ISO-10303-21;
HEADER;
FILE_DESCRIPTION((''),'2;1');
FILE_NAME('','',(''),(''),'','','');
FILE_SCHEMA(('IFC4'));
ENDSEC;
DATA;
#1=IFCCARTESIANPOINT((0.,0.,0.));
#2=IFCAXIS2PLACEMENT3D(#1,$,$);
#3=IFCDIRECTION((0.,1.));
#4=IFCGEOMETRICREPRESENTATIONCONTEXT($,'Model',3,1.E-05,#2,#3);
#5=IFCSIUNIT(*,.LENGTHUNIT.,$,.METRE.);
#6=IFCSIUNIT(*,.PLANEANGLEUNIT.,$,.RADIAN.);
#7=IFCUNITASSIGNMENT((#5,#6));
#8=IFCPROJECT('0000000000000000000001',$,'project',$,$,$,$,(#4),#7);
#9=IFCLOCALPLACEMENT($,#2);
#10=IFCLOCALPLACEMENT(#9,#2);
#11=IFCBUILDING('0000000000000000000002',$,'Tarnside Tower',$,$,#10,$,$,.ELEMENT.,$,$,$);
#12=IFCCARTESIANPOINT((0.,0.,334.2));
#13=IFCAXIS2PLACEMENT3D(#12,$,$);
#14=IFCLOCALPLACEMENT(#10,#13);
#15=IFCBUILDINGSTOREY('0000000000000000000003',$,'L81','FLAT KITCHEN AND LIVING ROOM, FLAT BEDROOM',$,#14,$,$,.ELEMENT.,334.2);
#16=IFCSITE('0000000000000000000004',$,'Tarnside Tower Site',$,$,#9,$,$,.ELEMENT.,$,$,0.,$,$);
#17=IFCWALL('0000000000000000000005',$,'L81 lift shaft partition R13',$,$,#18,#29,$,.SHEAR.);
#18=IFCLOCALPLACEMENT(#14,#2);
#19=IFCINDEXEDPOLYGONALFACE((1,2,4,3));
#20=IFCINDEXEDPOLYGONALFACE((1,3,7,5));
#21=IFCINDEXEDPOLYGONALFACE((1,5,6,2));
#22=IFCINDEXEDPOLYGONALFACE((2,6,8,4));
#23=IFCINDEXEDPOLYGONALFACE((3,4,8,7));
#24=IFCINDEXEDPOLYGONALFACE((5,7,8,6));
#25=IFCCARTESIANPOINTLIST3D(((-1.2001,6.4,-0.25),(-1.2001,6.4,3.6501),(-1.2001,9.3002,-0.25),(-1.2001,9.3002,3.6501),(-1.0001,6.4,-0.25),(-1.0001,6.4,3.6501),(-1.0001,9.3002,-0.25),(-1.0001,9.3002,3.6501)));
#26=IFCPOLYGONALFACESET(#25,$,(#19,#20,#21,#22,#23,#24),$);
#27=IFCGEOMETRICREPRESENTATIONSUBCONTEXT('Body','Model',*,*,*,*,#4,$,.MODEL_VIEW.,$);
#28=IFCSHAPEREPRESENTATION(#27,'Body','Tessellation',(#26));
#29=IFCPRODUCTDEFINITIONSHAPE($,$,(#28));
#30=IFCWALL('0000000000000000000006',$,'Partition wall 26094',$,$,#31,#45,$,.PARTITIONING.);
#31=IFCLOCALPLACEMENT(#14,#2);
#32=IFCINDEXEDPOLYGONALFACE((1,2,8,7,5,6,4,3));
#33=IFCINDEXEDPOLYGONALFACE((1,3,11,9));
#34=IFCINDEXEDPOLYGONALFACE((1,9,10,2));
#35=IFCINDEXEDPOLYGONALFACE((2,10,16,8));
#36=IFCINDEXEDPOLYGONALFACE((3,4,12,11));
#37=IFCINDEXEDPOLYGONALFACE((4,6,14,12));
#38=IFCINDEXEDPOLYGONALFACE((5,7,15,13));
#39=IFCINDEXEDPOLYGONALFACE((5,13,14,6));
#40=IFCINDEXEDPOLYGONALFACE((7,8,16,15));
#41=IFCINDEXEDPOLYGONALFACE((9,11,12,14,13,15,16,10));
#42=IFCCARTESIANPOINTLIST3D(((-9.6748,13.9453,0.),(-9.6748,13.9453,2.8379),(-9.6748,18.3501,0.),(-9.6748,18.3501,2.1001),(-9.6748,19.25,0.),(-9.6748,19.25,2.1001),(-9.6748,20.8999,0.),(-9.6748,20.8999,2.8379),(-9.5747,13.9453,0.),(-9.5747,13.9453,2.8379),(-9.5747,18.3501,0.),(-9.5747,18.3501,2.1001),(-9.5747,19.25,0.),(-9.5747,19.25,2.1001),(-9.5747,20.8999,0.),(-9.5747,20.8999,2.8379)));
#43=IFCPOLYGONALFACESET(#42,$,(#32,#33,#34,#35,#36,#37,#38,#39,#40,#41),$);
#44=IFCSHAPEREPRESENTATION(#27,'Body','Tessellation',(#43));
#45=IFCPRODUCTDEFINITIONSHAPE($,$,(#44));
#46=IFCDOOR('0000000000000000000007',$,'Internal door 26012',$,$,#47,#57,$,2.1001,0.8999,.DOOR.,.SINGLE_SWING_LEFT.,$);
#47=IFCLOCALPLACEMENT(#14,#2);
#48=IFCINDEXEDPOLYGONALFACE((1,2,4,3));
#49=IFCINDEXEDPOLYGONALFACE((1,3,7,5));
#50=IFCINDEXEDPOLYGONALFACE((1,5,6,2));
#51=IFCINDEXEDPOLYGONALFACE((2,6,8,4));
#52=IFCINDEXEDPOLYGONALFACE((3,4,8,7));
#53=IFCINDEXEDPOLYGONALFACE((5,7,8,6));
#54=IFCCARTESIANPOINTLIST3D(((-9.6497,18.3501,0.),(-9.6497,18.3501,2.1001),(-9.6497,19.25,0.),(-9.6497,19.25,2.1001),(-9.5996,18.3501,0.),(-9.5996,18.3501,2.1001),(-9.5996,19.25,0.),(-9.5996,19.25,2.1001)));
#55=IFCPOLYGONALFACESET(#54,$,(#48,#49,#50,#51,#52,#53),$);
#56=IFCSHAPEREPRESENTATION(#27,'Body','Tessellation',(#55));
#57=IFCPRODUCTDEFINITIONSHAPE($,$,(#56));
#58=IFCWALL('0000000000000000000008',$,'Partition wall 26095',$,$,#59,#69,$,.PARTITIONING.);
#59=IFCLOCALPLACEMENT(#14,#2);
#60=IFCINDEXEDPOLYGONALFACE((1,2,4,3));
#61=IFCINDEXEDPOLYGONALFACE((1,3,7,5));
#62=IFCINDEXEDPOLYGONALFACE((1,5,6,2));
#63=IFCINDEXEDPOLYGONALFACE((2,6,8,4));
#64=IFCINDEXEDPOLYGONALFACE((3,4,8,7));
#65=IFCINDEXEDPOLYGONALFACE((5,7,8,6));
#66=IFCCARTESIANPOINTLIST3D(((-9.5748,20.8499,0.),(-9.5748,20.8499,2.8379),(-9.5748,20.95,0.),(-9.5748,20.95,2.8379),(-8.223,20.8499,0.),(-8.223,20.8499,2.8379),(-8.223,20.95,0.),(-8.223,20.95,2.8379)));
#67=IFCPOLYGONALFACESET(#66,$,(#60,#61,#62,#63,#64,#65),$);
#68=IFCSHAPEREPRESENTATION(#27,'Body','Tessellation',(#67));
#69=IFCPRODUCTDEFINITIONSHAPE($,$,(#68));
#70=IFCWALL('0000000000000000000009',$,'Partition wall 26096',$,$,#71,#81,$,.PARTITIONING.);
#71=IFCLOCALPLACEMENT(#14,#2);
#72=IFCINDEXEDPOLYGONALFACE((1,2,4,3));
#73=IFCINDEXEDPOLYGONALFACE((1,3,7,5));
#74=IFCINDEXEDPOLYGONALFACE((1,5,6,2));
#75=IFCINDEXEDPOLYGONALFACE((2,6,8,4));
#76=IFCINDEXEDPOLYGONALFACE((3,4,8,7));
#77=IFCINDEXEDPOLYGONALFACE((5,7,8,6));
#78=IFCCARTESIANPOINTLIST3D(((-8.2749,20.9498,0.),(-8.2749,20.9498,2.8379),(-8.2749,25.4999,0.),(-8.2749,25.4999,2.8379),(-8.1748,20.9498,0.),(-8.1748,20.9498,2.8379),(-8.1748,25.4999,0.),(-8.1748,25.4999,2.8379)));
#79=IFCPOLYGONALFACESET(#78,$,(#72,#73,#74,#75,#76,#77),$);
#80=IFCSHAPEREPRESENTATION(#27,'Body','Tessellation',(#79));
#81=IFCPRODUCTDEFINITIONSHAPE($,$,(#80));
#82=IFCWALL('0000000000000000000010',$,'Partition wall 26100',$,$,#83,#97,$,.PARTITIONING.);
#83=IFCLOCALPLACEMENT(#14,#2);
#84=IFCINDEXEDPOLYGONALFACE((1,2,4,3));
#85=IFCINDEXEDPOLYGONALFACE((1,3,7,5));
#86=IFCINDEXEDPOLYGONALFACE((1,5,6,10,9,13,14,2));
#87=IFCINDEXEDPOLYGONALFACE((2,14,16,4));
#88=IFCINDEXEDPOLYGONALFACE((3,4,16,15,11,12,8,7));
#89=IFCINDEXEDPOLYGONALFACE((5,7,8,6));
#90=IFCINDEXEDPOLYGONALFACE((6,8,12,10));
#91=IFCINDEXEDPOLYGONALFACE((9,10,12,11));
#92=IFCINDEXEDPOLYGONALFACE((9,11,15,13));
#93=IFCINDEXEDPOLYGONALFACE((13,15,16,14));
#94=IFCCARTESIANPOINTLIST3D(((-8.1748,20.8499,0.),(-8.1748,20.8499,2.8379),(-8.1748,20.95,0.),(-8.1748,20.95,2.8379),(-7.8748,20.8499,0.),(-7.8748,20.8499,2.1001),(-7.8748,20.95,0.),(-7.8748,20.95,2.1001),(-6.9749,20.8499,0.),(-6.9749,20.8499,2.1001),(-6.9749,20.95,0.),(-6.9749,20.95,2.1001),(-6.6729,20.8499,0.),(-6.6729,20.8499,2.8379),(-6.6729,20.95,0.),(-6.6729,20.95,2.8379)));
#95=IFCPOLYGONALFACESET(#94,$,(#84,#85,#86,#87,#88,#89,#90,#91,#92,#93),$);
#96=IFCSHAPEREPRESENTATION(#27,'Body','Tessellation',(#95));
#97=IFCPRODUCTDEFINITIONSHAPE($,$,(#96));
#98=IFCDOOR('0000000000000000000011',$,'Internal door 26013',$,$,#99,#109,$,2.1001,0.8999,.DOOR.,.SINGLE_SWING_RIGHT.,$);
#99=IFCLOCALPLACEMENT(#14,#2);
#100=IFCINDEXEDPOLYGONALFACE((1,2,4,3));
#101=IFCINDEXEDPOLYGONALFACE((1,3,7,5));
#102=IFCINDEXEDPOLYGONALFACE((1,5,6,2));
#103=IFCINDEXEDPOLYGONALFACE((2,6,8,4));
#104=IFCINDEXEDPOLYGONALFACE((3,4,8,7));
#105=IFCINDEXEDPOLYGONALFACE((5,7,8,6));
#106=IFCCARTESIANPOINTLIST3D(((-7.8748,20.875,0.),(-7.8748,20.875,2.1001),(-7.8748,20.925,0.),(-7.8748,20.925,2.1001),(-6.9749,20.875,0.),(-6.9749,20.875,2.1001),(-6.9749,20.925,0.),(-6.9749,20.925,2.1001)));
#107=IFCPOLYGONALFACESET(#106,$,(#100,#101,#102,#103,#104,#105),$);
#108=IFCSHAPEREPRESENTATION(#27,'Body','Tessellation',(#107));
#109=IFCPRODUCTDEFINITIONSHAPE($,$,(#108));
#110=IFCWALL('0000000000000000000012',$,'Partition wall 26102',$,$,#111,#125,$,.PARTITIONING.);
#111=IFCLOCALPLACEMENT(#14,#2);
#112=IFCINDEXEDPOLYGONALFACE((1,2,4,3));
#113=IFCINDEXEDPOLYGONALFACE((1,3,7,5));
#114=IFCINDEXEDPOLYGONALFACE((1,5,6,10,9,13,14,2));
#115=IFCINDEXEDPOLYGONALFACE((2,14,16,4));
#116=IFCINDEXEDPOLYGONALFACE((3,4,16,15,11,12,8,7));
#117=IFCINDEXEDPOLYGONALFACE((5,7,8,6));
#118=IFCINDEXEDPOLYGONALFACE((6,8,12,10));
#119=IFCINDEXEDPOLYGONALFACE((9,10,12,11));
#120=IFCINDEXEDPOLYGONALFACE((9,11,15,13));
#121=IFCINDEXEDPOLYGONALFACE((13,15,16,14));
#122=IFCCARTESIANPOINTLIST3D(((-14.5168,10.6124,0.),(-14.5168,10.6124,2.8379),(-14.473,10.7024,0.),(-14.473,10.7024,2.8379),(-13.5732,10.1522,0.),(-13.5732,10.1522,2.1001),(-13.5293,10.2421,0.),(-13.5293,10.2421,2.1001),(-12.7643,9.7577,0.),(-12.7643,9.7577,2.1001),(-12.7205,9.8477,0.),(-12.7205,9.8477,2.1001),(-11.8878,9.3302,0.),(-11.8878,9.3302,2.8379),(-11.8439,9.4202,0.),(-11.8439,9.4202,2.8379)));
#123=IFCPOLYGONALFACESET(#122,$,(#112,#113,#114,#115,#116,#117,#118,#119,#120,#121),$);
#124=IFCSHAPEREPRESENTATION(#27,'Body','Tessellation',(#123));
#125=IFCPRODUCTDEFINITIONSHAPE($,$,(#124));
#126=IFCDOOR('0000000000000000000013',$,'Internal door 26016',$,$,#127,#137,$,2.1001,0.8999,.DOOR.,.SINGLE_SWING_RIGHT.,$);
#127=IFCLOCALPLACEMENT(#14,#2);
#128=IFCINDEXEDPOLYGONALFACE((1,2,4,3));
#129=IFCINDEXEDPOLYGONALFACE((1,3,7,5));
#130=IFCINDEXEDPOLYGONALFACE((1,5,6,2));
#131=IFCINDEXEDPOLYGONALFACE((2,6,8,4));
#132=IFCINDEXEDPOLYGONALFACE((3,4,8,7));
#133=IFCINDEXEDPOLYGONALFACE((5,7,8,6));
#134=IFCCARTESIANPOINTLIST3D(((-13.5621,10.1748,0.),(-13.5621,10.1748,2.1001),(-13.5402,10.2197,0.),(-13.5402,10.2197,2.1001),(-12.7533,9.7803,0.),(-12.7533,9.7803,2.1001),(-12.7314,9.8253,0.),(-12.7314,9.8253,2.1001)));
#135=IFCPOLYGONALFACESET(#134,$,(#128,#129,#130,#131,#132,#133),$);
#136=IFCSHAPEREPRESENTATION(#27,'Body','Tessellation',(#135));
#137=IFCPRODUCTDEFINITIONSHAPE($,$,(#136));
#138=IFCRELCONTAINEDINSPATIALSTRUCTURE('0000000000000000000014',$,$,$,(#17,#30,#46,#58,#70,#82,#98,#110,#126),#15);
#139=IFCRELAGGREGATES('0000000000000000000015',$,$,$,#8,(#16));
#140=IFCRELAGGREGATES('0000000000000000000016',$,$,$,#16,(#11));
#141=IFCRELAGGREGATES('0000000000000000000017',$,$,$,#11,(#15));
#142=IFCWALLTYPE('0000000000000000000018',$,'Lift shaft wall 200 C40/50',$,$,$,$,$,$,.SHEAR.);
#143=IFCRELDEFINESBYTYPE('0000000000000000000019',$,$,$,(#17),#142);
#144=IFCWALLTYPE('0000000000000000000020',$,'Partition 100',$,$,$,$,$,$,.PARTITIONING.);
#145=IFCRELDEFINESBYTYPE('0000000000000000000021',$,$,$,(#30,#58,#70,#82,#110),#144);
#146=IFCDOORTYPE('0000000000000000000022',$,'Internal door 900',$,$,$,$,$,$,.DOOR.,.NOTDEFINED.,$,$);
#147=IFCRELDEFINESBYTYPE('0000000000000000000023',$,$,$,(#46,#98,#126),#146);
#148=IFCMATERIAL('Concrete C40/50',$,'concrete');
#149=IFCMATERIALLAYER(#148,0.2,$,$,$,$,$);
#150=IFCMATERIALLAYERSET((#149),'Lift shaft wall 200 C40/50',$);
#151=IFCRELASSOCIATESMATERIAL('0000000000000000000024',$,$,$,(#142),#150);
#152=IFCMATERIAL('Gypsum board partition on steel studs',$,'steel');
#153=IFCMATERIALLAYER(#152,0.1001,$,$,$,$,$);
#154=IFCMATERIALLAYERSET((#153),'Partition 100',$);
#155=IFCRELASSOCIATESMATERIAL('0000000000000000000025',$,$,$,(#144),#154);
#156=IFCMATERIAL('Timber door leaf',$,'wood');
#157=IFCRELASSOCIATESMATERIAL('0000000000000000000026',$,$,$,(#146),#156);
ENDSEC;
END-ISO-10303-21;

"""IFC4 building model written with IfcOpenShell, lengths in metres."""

from ifc_helpers import new_model, si_unit, direction, frame, frame_2d, origin, place, context, subcontext, project, spatial, rectangle, extrude, material, layer, layer_set, type_object, element, fill, save


model = new_model("IFC4")

# Units and contexts
model_context = context("Model", 3, precision=1e-05, world=origin(), true_north=direction((0.0, 1.0)))
body_context = subcontext(model_context, "Body", "Model", "MODEL_VIEW")
ifc_project = project(units=[si_unit("LENGTHUNIT", "METRE"), si_unit("PLANEANGLEUNIT", "RADIAN")], contexts=[model_context])

# Site, building, storey
site_placement = place(None, origin())
site = spatial("IfcSite", under=ifc_project, at=site_placement, Name="Tarnside Tower Site", CompositionType="ELEMENT", RefElevation=0.0)
building_placement = place(site_placement, origin())
building = spatial("IfcBuilding", under=site, at=building_placement, Name="Tarnside Tower", CompositionType="ELEMENT")
storey_placement = place(building_placement, frame((0.0, 0.0, 334.2)))
storey = spatial("IfcBuildingStorey", under=building, at=storey_placement, Name="L81", Description="FLAT KITCHEN AND LIVING ROOM, FLAT BEDROOM", CompositionType="ELEMENT", Elevation=334.2)

# Shared definitions
ifc_material_1 = material(Name="Gypsum board partition on steel studs", Category="steel")
ifc_material_2 = material(Name="Timber door leaf", Category="wood")

# Wall
ifc_material_3 = material(Name="Concrete C40/50", Category="concrete")
ifc_layer_1 = layer(ifc_material_3, 0.2)
ifc_layer_set_1 = layer_set([ifc_layer_1], Name="Lift shaft wall 200 C40/50")
wall_type_1 = type_object("IfcWallType", Name="Lift shaft wall 200 C40/50", PredefinedType="SHEAR", material=ifc_layer_set_1)
wall_1_placement = place(storey_placement, frame((-1.1001, 6.3999, -0.25), z_axis=(0.0, 0.0, 1.0), x_axis=(0.0, 1.0, 0.0)))
element("IfcWall", 1, at=wall_1_placement, inside=storey, type_object=wall_type_1, Name="L81 lift shaft partition R13", PredefinedType="SHEAR", context=body_context, shape_type="SweptSolid", body=[
    extrude(rectangle(XDim=2.9001, YDim=0.2, at=frame_2d((1.4502, 0.0))), origin(), (0.0, 0.0, 1.0), 3.9001),
])

# Wall, opening, door
ifc_layer_2 = layer(ifc_material_1, 0.1001)
ifc_layer_set_2 = layer_set([ifc_layer_2], Name="Partition 100")
wall_type_2 = type_object("IfcWallType", Name="Partition 100", PredefinedType="PARTITIONING", material=ifc_layer_set_2)
wall_2_placement = place(storey_placement, frame((-9.6248, 13.9453, 0.0), z_axis=(0.0, 0.0, 1.0), x_axis=(0.0, 1.0, 0.0)))
wall_2 = element("IfcWall", 2, at=wall_2_placement, inside=storey, type_object=wall_type_2, Name="Partition wall 26094", PredefinedType="PARTITIONING", context=body_context, shape_type="SweptSolid", body=[
    extrude(rectangle(XDim=6.9546, YDim=0.1001, at=frame_2d((3.4773, 0.0))), origin(), (0.0, 0.0, 1.0), 2.8379),
])
opening_1_placement = place(wall_2_placement, frame((4.4048, 0.0, 0.0)))
opening_1 = element("IfcOpeningElement", 3, at=opening_1_placement, cuts=wall_2, PredefinedType="OPENING", context=body_context, shape_type="SweptSolid", body=[
    extrude(rectangle(XDim=0.8999, YDim=2.1001, at=frame_2d((0.45, 1.05))), frame((0.0, 0.0601, 0.0), z_axis=(0.0, -1.0, 0.0), x_axis=(1.0, 0.0, 0.0)), (0.0, 0.0, 1.0), 0.1201),
])
door_type_1 = type_object("IfcDoorType", Name="Internal door 900", OperationType="NOTDEFINED", PredefinedType="DOOR", material=ifc_material_2)
door_1_placement = place(opening_1_placement, origin())
door_1 = element("IfcDoor", 4, at=door_1_placement, inside=storey, type_object=door_type_1, Name="Internal door 26012", OperationType="SINGLE_SWING_LEFT", OverallHeight=2.1001, OverallWidth=0.8999, PredefinedType="DOOR", context=body_context, shape_type="SweptSolid", body=[
    extrude(rectangle(XDim=0.8999, YDim=2.1001, at=frame_2d((0.45, 1.05))), frame((0.0, 0.0249, 0.0), z_axis=(0.0, -1.0, 0.0), x_axis=(1.0, 0.0, 0.0)), (0.0, 0.0, 1.0), 0.05),
])
fill(opening_1, door_1)

# Walls
wall_3_placement = place(storey_placement, frame((-9.5747, 20.8999, 0.0), z_axis=(0.0, 0.0, 1.0), x_axis=(1.0, 0.0, 0.0)))
element("IfcWall", 5, at=wall_3_placement, inside=storey, type_object=wall_type_2, Name="Partition wall 26095", PredefinedType="PARTITIONING", context=body_context, shape_type="SweptSolid", body=[
    extrude(rectangle(XDim=1.3518, YDim=0.1001, at=frame_2d((0.6758, 0.0))), origin(), (0.0, 0.0, 1.0), 2.8379),
])
wall_4_placement = place(storey_placement, frame((-8.2249, 20.95, 0.0), z_axis=(0.0, 0.0, 1.0), x_axis=(0.0, 1.0, 0.0)))
element("IfcWall", 6, at=wall_4_placement, inside=storey, type_object=wall_type_2, Name="Partition wall 26096", PredefinedType="PARTITIONING", context=body_context, shape_type="SweptSolid", body=[
    extrude(rectangle(XDim=4.55, YDim=0.1001, at=frame_2d((2.2749, 0.0))), origin(), (0.0, 0.0, 1.0), 2.8379),
])

# Walls, openings, doors
wall_5_placement = place(storey_placement, frame((-6.6729, 20.8999, 0.0), z_axis=(0.0, 0.0, 1.0), x_axis=(-1.0, 0.0, 0.0)))
wall_5 = element("IfcWall", 7, at=wall_5_placement, inside=storey, type_object=wall_type_2, Name="Partition wall 26100", PredefinedType="PARTITIONING", context=body_context, shape_type="SweptSolid", body=[
    extrude(rectangle(XDim=1.502, YDim=0.1001, at=frame_2d((0.751, 0.0))), origin(), (0.0, 0.0, 1.0), 2.8379),
])
opening_2_placement = place(wall_5_placement, frame((0.302, 0.0, 0.0)))
opening_2 = element("IfcOpeningElement", 8, at=opening_2_placement, cuts=wall_5, PredefinedType="OPENING", context=body_context, shape_type="SweptSolid", body=[
    extrude(rectangle(XDim=0.8999, YDim=2.1001, at=frame_2d((0.45, 1.05))), frame((0.0, 0.0601, 0.0), z_axis=(0.0, -1.0, 0.0), x_axis=(1.0, 0.0, 0.0)), (0.0, 0.0, 1.0), 0.1201),
])
door_2_placement = place(opening_2_placement, origin())
door_2 = element("IfcDoor", 9, at=door_2_placement, inside=storey, type_object=door_type_1, Name="Internal door 26013", OperationType="SINGLE_SWING_RIGHT", OverallHeight=2.1001, OverallWidth=0.8999, PredefinedType="DOOR", context=body_context, shape_type="SweptSolid", body=[
    extrude(rectangle(XDim=0.8999, YDim=2.1001, at=frame_2d((0.45, 1.05))), frame((0.0, 0.0249, 0.0), z_axis=(0.0, -1.0, 0.0), x_axis=(1.0, 0.0, 0.0)), (0.0, 0.0, 1.0), 0.05),
])
fill(opening_2, door_2)
wall_6_placement = place(storey_placement, frame((-11.866, 9.3752, 0.0), z_axis=(0.0, 0.0, 1.0), x_axis=(-0.898807, 0.438345, 0.0)))
wall_6 = element("IfcWall", 10, at=wall_6_placement, inside=storey, type_object=wall_type_2, Name="Partition wall 26102", PredefinedType="PARTITIONING", context=body_context, shape_type="SweptSolid", body=[
    extrude(rectangle(XDim=2.925, YDim=0.1001, at=frame_2d((1.4624, 0.0))), origin(), (0.0, 0.0, 1.0), 2.8379),
])
opening_3_placement = place(wall_6_placement, frame((0.9751, 0.0, 0.0)))
opening_3 = element("IfcOpeningElement", 11, at=opening_3_placement, cuts=wall_6, PredefinedType="OPENING", context=body_context, shape_type="SweptSolid", body=[
    extrude(rectangle(XDim=0.8999, YDim=2.1001, at=frame_2d((0.45, 1.05))), frame((0.0, 0.0601, 0.0), z_axis=(0.0, -1.0, 0.0), x_axis=(1.0, 0.0, 0.0)), (0.0, 0.0, 1.0), 0.1201),
])
door_3_placement = place(opening_3_placement, origin())
door_3 = element("IfcDoor", 12, at=door_3_placement, inside=storey, type_object=door_type_1, Name="Internal door 26016", OperationType="SINGLE_SWING_RIGHT", OverallHeight=2.1001, OverallWidth=0.8999, PredefinedType="DOOR", context=body_context, shape_type="SweptSolid", body=[
    extrude(rectangle(XDim=0.8999, YDim=2.1001, at=frame_2d((0.45, 1.05))), frame((0.0, 0.0249, 0.0), z_axis=(0.0, -1.0, 0.0), x_axis=(1.0, 0.0, 0.0)), (0.0, 0.0, 1.0), 0.05),
])
fill(opening_3, door_3)

save(model, "model.ifc")
